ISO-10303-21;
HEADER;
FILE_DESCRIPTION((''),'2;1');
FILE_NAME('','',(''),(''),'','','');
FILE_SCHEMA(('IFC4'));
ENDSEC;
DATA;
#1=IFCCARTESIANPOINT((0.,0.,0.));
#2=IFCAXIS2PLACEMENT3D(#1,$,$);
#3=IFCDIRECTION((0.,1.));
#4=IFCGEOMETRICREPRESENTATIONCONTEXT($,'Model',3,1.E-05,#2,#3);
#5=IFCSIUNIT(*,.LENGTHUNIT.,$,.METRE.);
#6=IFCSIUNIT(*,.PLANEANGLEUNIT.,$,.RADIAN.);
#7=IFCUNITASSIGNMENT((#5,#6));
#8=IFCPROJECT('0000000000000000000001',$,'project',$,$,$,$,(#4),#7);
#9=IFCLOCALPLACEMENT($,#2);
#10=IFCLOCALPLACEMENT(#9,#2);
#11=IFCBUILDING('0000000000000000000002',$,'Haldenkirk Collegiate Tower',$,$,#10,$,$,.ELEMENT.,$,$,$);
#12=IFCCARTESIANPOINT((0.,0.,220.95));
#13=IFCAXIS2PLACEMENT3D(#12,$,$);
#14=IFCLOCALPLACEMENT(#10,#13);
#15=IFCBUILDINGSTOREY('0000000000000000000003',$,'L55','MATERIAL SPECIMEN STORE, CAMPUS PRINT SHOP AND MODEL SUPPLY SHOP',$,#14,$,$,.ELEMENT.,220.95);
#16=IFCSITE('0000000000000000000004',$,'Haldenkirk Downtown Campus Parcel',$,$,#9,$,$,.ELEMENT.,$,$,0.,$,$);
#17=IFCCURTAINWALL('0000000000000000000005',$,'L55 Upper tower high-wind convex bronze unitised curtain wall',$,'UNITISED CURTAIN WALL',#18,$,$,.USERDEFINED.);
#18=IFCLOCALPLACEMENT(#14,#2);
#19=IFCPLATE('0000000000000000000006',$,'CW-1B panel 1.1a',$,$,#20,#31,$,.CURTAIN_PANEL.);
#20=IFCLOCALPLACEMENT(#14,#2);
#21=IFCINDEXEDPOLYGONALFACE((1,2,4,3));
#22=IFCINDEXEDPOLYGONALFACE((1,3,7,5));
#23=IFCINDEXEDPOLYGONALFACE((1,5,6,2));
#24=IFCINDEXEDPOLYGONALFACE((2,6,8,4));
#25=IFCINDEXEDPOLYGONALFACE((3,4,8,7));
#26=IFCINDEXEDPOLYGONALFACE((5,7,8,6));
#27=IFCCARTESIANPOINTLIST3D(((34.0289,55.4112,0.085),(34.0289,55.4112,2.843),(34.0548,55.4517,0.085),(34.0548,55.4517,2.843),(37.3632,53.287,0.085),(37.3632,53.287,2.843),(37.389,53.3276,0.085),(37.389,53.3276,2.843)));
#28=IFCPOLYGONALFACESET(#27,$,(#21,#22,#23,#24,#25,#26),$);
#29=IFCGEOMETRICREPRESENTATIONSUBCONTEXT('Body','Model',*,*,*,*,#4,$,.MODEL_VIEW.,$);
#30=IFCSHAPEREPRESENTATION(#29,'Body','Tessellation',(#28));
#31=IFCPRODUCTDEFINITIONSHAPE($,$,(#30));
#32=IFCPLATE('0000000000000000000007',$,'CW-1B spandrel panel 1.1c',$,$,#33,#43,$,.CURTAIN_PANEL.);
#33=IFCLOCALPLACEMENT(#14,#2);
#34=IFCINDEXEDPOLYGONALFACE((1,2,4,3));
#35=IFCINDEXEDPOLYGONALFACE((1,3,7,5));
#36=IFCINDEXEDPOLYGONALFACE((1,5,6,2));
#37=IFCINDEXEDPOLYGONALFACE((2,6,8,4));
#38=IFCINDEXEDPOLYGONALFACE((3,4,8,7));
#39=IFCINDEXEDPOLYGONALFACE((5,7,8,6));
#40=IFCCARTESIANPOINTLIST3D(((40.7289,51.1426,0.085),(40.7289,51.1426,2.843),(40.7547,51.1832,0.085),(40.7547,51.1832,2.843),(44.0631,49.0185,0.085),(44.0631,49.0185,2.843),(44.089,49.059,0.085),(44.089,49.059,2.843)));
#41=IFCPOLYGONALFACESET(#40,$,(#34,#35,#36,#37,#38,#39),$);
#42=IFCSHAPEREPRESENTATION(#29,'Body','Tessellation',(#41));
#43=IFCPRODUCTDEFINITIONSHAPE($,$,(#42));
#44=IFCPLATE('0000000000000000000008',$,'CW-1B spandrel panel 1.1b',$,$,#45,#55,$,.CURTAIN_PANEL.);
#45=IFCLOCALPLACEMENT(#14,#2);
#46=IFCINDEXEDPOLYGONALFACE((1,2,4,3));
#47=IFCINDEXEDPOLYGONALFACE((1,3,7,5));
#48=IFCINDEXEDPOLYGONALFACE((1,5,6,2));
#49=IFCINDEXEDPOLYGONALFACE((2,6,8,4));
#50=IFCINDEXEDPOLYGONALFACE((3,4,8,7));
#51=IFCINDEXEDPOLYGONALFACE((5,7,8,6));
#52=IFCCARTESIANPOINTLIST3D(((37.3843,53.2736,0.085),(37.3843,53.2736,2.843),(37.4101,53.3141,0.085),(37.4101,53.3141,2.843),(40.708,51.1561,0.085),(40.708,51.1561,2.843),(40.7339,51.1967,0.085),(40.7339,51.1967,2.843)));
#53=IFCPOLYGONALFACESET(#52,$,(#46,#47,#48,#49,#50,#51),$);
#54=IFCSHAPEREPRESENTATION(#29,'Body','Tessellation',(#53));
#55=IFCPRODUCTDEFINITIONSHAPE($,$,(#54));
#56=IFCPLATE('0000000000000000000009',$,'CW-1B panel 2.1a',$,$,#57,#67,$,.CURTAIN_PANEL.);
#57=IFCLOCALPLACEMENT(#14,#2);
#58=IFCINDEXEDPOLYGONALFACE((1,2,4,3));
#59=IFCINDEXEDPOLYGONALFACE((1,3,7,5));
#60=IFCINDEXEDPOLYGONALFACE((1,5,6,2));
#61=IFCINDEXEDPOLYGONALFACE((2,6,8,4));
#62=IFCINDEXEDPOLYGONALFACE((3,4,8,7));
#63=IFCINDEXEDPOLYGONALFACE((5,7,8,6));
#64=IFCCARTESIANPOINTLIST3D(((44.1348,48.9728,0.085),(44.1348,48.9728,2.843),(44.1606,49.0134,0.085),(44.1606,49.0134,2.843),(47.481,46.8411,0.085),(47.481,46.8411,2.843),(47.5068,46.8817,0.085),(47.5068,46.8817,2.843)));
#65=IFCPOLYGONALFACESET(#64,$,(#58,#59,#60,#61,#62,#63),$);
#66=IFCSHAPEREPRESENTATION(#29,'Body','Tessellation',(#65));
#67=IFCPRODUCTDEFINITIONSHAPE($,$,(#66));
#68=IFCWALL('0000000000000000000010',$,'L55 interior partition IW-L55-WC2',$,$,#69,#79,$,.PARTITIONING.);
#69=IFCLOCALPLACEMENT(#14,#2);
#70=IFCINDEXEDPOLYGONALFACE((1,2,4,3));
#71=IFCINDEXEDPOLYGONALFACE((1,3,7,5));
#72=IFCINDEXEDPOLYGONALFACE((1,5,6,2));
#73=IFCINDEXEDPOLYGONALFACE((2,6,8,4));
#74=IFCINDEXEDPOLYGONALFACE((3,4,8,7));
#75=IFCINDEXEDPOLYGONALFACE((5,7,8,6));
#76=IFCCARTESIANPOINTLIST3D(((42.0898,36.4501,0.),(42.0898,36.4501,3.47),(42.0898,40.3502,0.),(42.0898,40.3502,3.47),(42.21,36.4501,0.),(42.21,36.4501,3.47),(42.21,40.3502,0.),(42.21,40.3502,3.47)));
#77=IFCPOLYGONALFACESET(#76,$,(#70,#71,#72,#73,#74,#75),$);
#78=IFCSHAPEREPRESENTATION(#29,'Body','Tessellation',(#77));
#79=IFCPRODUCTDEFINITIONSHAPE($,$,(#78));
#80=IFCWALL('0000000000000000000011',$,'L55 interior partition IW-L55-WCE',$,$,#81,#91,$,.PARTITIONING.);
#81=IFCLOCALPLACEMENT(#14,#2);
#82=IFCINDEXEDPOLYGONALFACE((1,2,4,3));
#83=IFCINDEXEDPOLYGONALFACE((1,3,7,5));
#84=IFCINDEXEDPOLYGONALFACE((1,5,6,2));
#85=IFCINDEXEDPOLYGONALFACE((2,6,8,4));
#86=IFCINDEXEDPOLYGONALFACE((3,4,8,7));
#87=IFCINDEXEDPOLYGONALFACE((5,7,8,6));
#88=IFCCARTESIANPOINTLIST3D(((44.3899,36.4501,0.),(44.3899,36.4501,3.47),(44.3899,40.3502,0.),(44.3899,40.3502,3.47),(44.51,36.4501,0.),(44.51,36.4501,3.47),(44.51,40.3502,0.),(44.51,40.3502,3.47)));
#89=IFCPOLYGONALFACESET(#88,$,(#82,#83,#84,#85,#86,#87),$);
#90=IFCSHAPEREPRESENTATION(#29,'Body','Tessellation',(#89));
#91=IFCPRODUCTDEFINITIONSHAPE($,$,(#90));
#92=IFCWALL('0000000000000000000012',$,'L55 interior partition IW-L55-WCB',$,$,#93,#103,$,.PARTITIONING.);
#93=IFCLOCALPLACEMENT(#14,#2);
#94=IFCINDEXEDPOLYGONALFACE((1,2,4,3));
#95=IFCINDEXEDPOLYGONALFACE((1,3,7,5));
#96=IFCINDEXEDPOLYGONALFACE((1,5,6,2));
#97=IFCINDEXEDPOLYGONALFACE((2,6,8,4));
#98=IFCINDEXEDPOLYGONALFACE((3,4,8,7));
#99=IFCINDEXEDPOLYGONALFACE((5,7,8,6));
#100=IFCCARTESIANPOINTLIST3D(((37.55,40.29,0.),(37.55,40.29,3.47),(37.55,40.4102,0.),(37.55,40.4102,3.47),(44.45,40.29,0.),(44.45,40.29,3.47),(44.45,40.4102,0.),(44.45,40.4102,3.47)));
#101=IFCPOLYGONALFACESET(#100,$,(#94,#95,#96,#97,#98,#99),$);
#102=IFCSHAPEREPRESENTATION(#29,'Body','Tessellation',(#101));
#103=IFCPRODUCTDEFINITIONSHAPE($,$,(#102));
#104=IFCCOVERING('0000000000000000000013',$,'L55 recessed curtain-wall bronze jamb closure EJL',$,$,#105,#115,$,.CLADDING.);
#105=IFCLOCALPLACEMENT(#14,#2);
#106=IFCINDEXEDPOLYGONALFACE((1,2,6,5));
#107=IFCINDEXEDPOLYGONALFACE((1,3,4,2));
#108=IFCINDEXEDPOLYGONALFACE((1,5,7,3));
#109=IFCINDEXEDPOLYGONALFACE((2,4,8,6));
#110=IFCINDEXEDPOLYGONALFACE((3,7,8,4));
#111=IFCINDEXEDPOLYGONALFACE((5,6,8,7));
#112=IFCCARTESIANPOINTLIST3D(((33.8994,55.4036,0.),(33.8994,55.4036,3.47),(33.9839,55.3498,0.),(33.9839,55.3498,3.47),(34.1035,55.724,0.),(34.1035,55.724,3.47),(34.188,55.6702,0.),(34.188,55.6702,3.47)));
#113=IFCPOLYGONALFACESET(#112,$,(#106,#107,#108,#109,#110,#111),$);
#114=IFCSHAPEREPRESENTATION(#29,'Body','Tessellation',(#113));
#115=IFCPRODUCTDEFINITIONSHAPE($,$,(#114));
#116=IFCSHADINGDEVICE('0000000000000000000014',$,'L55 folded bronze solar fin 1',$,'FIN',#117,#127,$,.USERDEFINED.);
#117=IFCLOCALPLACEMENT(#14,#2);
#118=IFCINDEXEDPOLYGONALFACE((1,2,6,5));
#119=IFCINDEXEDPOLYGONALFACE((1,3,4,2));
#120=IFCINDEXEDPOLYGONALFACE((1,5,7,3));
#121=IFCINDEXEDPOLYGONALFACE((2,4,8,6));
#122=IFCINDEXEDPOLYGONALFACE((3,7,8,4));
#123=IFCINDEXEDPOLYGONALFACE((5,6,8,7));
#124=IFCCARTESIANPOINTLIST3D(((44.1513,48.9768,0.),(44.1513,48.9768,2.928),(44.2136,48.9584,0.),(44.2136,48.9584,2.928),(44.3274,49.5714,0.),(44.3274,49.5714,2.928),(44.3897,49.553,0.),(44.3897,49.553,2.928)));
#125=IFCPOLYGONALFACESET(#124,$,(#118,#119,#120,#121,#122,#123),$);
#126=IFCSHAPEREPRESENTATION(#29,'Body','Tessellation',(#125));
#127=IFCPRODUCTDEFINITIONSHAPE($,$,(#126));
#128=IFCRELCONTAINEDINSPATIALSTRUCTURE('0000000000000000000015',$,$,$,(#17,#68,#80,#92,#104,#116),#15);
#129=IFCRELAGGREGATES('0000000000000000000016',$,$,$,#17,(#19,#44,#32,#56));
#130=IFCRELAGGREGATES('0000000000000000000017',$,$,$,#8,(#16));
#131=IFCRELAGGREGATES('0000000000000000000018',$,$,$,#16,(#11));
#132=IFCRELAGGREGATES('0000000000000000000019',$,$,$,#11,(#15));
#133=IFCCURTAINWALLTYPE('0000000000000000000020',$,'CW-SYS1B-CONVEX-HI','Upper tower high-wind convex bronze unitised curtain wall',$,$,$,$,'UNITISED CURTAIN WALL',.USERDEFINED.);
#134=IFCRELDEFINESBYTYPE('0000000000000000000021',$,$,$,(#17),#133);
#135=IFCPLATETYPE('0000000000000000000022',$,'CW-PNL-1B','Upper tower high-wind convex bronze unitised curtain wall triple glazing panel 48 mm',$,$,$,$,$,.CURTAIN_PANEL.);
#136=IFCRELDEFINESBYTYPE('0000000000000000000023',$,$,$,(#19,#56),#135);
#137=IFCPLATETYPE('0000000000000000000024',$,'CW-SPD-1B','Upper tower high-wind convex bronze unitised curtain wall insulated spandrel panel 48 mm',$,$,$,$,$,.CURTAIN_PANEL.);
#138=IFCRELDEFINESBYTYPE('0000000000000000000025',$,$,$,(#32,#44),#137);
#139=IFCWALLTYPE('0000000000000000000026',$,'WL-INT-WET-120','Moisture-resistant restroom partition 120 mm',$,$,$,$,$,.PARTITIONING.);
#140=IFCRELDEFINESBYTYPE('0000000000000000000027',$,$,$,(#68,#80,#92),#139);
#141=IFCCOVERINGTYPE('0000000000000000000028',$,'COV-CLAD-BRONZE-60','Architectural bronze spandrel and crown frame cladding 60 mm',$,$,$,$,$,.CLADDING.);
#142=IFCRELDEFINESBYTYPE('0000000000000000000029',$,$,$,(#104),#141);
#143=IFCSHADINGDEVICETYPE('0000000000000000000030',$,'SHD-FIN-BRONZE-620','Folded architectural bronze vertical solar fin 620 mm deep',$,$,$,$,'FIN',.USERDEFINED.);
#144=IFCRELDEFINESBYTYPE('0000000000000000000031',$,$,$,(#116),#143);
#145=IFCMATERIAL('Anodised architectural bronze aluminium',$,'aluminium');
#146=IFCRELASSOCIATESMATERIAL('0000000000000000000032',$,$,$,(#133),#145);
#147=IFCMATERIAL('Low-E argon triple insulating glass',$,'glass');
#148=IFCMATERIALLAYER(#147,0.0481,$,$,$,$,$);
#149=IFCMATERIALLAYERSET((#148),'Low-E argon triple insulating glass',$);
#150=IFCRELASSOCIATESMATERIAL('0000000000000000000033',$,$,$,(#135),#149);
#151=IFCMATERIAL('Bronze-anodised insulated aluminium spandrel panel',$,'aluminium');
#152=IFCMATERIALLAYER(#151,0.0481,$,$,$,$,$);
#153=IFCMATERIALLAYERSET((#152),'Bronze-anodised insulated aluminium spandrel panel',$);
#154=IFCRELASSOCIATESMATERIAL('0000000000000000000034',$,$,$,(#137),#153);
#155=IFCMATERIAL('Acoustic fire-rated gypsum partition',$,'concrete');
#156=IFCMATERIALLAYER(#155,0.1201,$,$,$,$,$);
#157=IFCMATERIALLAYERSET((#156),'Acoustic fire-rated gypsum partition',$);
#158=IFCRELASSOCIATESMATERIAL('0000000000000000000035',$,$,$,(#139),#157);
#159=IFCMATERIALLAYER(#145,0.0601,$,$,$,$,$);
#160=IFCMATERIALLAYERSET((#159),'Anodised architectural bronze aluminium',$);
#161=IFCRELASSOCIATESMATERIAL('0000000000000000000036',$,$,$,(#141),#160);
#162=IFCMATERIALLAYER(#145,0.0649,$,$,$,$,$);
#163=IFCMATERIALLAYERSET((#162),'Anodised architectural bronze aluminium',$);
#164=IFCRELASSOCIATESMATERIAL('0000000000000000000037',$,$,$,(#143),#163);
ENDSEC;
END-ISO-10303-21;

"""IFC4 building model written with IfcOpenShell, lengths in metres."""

from ifc_helpers import new_model, si_unit, direction, frame, frame_2d, origin, origin_2d, place, context, subcontext, project, spatial, rectangle, extrude, source, transform, mapped, material, layer, layer_set, type_object, element, aggregate, save


model = new_model("IFC4")

# Units and contexts
model_context = context("Model", 3, precision=1e-05, world=origin(), true_north=direction((0.0, 1.0)))
body_context = subcontext(model_context, "Body", "Model", "MODEL_VIEW")
ifc_project = project(units=[si_unit("LENGTHUNIT", "METRE"), si_unit("PLANEANGLEUNIT", "RADIAN")], contexts=[model_context])

# Site, building, storey
site_placement = place(None, origin())
site = spatial("IfcSite", under=ifc_project, at=site_placement, Name="Haldenkirk Downtown Campus Parcel", CompositionType="ELEMENT", RefElevation=0.0)
building_placement = place(site_placement, origin())
building = spatial("IfcBuilding", under=site, at=building_placement, Name="Haldenkirk Collegiate Tower", CompositionType="ELEMENT")
storey_placement = place(building_placement, frame((0.0, 0.0, 220.95)))
storey = spatial("IfcBuildingStorey", under=building, at=storey_placement, Name="L55", Description="MATERIAL SPECIMEN STORE, CAMPUS PRINT SHOP AND MODEL SUPPLY SHOP", CompositionType="ELEMENT", Elevation=220.95)

# Curtain wall, plates
ifc_material_1 = material(Name="Anodised architectural bronze aluminium", Category="aluminium")
curtain_wall_type = type_object("IfcCurtainWallType", Name="CW-SYS1B-CONVEX-HI", Description="Upper tower high-wind convex bronze unitised curtain wall", ElementType="UNITISED CURTAIN WALL", PredefinedType="USERDEFINED", material=ifc_material_1)
curtain_wall_placement = place(storey_placement, origin())
curtain_wall = element("IfcCurtainWall", 1, at=curtain_wall_placement, inside=storey, type_object=curtain_wall_type, Name="L55 Upper tower high-wind convex bronze unitised curtain wall", ObjectType="UNITISED CURTAIN WALL", PredefinedType="USERDEFINED")
ifc_material_2 = material(Name="Low-E argon triple insulating glass", Category="glass")
ifc_layer_1 = layer(ifc_material_2, 0.0481)
ifc_layer_set_1 = layer_set([ifc_layer_1], Name="Low-E argon triple insulating glass")
plate_type_1 = type_object("IfcPlateType", Name="CW-PNL-1B", Description="Upper tower high-wind convex bronze unitised curtain wall triple glazing panel 48 mm", PredefinedType="CURTAIN_PANEL", material=ifc_layer_set_1)
shared_shape_1 = source(origin(), body_context, "Body", "SweptSolid", [
    extrude(rectangle(XDim=3.9534, YDim=0.0481, at=origin_2d()), origin(), (0.0, 0.0, 1.0), 2.7581),
])
plate_1_placement = place(storey_placement, frame((35.709, 54.3694, 0.085), z_axis=(0.0, 0.0, 1.0), x_axis=(0.843391, -0.5373, 0.0)))
plate_1 = element("IfcPlate", 2, at=plate_1_placement, type_object=plate_type_1, Name="CW-1B panel 1.1a", PredefinedType="CURTAIN_PANEL", context=body_context, shape_type="MappedRepresentation", body=[
    mapped(shared_shape_1, transform((0.0, 0.0, 0.0), x_axis=(1.0, 0.0, 0.0), y_axis=(0.0, 1.0, 0.0), z_axis=(0.0, 0.0, 1.0), scale=1.0)),
])
ifc_material_3 = material(Name="Bronze-anodised insulated aluminium spandrel panel", Category="aluminium")
ifc_layer_2 = layer(ifc_material_3, 0.0481)
ifc_layer_set_2 = layer_set([ifc_layer_2], Name="Bronze-anodised insulated aluminium spandrel panel")
plate_type_2 = type_object("IfcPlateType", Name="CW-SPD-1B", Description="Upper tower high-wind convex bronze unitised curtain wall insulated spandrel panel 48 mm", PredefinedType="CURTAIN_PANEL", material=ifc_layer_set_2)
plate_2_placement = place(storey_placement, frame((42.4089, 50.1008, 0.085), z_axis=(0.0, 0.0, 1.0), x_axis=(0.843391, -0.5373, 0.0)))
plate_2 = element("IfcPlate", 3, at=plate_2_placement, type_object=plate_type_2, Name="CW-1B spandrel panel 1.1c", PredefinedType="CURTAIN_PANEL", context=body_context, shape_type="MappedRepresentation", body=[
    mapped(shared_shape_1, transform((0.0, 0.0, 0.0), x_axis=(1.0, 0.0, 0.0), y_axis=(0.0, 1.0, 0.0), z_axis=(0.0, 0.0, 1.0), scale=1.0)),
])
shared_shape_2 = source(origin(), body_context, "Body", "SweptSolid", [
    extrude(rectangle(XDim=3.9409, YDim=0.0481, at=origin_2d()), origin(), (0.0, 0.0, 1.0), 2.7581),
])
plate_3_placement = place(storey_placement, frame((39.0591, 52.2351, 0.085), z_axis=(0.0, 0.0, 1.0), x_axis=(0.843391, -0.5373, 0.0)))
plate_3 = element("IfcPlate", 4, at=plate_3_placement, type_object=plate_type_2, Name="CW-1B spandrel panel 1.1b", PredefinedType="CURTAIN_PANEL", context=body_context, shape_type="MappedRepresentation", body=[
    mapped(shared_shape_2, transform((0.0, 0.0, 0.0), x_axis=(1.0, 0.0, 0.0), y_axis=(0.0, 1.0, 0.0), z_axis=(0.0, 0.0, 1.0), scale=1.0)),
])
shared_shape_3 = source(origin(), body_context, "Body", "SweptSolid", [
    extrude(rectangle(XDim=3.9675, YDim=0.0481, at=origin_2d()), origin(), (0.0, 0.0, 1.0), 2.7581),
])
plate_4_placement = place(storey_placement, frame((45.8208, 47.9272, 0.085), z_axis=(0.0, 0.0, 1.0), x_axis=(0.843391, -0.5373, 0.0)))
plate_4 = element("IfcPlate", 5, at=plate_4_placement, type_object=plate_type_1, Name="CW-1B panel 2.1a", PredefinedType="CURTAIN_PANEL", context=body_context, shape_type="MappedRepresentation", body=[
    mapped(shared_shape_3, transform((0.0, 0.0, 0.0), x_axis=(1.0, 0.0, 0.0), y_axis=(0.0, 1.0, 0.0), z_axis=(0.0, 0.0, 1.0), scale=1.0)),
])
aggregate(curtain_wall, [plate_1, plate_3, plate_2, plate_4])

# Walls
ifc_material_4 = material(Name="Acoustic fire-rated gypsum partition", Category="concrete")
ifc_layer_3 = layer(ifc_material_4, 0.1201)
ifc_layer_set_3 = layer_set([ifc_layer_3], Name="Acoustic fire-rated gypsum partition")
wall_type = type_object("IfcWallType", Name="WL-INT-WET-120", Description="Moisture-resistant restroom partition 120 mm", PredefinedType="PARTITIONING", material=ifc_layer_set_3)
for number, where, z_axis, x_axis, name in (
    (6, (42.1499, 36.45, 0.0), (0.0, 0.0, 1.0), (0.0, 1.0, 0.0), "L55 interior partition IW-L55-WC2"),
    (7, (44.45, 36.45, 0.0), (0.0, 0.0, 1.0), (0.0, 1.0, 0.0), "L55 interior partition IW-L55-WCE"),
):
    element("IfcWall", number, at=place(storey_placement, frame(where, z_axis=z_axis, x_axis=x_axis)), inside=storey, type_object=wall_type, Name=name, PredefinedType="PARTITIONING", context=body_context, shape_type="SweptSolid", body=[
        extrude(rectangle(XDim=3.9001, YDim=0.1201, at=frame_2d((1.9502, 0.0))), origin(), (0.0, 0.0, 1.0), 3.47),
    ])
wall_placement = place(storey_placement, frame((37.55, 40.3501, 0.0), z_axis=(0.0, 0.0, 1.0), x_axis=(1.0, 0.0, 0.0)))
element("IfcWall", 8, at=wall_placement, inside=storey, type_object=wall_type, Name="L55 interior partition IW-L55-WCB", PredefinedType="PARTITIONING", context=body_context, shape_type="SweptSolid", body=[
    extrude(rectangle(XDim=6.8999, YDim=0.1201, at=frame_2d((3.45, 0.0))), origin(), (0.0, 0.0, 1.0), 3.47),
])

# Covering
ifc_layer_4 = layer(ifc_material_1, 0.0601)
ifc_layer_set_4 = layer_set([ifc_layer_4], Name="Anodised architectural bronze aluminium")
covering_type = type_object("IfcCoveringType", Name="COV-CLAD-BRONZE-60", Description="Architectural bronze spandrel and crown frame cladding 60 mm", PredefinedType="CLADDING", material=ifc_layer_set_4)
shared_shape_4 = source(origin(), body_context, "Body", "SweptSolid", [
    extrude(rectangle(XDim=0.1001, YDim=0.3799, at=origin_2d()), origin(), (0.0, 0.0, 1.0), 3.47),
])
covering_placement = place(storey_placement, frame((34.0437, 55.5369, 0.0), z_axis=(0.0, 0.0, 1.0), x_axis=(0.843391, -0.5373, 0.0)))
element("IfcCovering", 9, at=covering_placement, inside=storey, type_object=covering_type, Name="L55 recessed curtain-wall bronze jamb closure EJL", PredefinedType="CLADDING", context=body_context, shape_type="MappedRepresentation", body=[
    mapped(shared_shape_4, transform((0.0, 0.0, 0.0), x_axis=(1.0, 0.0, 0.0), y_axis=(0.0, 1.0, 0.0), z_axis=(0.0, 0.0, 1.0), scale=1.0)),
])

# Shading device
ifc_layer_5 = layer(ifc_material_1, 0.0649)
ifc_layer_set_5 = layer_set([ifc_layer_5], Name="Anodised architectural bronze aluminium")
shading_device_type = type_object("IfcShadingDeviceType", Name="SHD-FIN-BRONZE-620", Description="Folded architectural bronze vertical solar fin 620 mm deep", ElementType="FIN", PredefinedType="USERDEFINED", material=ifc_layer_set_5)
shared_shape_5 = source(origin(), body_context, "Body", "SweptSolid", [
    extrude(rectangle(XDim=0.6201, YDim=0.0649, at=origin_2d()), origin(), (0.0, 0.0, 1.0), 2.928),
])
shading_device_placement = place(storey_placement, frame((44.2705, 49.2649, 0.0), z_axis=(0.0, 0.0, 1.0), x_axis=(0.284015, 0.95882, 0.0)))
element("IfcShadingDevice", 10, at=shading_device_placement, inside=storey, type_object=shading_device_type, Name="L55 folded bronze solar fin 1", ObjectType="FIN", PredefinedType="USERDEFINED", context=body_context, shape_type="MappedRepresentation", body=[
    mapped(shared_shape_5, transform((0.0, 0.0, 0.0), x_axis=(1.0, 0.0, 0.0), y_axis=(0.0, 1.0, 0.0), z_axis=(0.0, 0.0, 1.0), scale=1.0)),
])

save(model, "model.ifc")
